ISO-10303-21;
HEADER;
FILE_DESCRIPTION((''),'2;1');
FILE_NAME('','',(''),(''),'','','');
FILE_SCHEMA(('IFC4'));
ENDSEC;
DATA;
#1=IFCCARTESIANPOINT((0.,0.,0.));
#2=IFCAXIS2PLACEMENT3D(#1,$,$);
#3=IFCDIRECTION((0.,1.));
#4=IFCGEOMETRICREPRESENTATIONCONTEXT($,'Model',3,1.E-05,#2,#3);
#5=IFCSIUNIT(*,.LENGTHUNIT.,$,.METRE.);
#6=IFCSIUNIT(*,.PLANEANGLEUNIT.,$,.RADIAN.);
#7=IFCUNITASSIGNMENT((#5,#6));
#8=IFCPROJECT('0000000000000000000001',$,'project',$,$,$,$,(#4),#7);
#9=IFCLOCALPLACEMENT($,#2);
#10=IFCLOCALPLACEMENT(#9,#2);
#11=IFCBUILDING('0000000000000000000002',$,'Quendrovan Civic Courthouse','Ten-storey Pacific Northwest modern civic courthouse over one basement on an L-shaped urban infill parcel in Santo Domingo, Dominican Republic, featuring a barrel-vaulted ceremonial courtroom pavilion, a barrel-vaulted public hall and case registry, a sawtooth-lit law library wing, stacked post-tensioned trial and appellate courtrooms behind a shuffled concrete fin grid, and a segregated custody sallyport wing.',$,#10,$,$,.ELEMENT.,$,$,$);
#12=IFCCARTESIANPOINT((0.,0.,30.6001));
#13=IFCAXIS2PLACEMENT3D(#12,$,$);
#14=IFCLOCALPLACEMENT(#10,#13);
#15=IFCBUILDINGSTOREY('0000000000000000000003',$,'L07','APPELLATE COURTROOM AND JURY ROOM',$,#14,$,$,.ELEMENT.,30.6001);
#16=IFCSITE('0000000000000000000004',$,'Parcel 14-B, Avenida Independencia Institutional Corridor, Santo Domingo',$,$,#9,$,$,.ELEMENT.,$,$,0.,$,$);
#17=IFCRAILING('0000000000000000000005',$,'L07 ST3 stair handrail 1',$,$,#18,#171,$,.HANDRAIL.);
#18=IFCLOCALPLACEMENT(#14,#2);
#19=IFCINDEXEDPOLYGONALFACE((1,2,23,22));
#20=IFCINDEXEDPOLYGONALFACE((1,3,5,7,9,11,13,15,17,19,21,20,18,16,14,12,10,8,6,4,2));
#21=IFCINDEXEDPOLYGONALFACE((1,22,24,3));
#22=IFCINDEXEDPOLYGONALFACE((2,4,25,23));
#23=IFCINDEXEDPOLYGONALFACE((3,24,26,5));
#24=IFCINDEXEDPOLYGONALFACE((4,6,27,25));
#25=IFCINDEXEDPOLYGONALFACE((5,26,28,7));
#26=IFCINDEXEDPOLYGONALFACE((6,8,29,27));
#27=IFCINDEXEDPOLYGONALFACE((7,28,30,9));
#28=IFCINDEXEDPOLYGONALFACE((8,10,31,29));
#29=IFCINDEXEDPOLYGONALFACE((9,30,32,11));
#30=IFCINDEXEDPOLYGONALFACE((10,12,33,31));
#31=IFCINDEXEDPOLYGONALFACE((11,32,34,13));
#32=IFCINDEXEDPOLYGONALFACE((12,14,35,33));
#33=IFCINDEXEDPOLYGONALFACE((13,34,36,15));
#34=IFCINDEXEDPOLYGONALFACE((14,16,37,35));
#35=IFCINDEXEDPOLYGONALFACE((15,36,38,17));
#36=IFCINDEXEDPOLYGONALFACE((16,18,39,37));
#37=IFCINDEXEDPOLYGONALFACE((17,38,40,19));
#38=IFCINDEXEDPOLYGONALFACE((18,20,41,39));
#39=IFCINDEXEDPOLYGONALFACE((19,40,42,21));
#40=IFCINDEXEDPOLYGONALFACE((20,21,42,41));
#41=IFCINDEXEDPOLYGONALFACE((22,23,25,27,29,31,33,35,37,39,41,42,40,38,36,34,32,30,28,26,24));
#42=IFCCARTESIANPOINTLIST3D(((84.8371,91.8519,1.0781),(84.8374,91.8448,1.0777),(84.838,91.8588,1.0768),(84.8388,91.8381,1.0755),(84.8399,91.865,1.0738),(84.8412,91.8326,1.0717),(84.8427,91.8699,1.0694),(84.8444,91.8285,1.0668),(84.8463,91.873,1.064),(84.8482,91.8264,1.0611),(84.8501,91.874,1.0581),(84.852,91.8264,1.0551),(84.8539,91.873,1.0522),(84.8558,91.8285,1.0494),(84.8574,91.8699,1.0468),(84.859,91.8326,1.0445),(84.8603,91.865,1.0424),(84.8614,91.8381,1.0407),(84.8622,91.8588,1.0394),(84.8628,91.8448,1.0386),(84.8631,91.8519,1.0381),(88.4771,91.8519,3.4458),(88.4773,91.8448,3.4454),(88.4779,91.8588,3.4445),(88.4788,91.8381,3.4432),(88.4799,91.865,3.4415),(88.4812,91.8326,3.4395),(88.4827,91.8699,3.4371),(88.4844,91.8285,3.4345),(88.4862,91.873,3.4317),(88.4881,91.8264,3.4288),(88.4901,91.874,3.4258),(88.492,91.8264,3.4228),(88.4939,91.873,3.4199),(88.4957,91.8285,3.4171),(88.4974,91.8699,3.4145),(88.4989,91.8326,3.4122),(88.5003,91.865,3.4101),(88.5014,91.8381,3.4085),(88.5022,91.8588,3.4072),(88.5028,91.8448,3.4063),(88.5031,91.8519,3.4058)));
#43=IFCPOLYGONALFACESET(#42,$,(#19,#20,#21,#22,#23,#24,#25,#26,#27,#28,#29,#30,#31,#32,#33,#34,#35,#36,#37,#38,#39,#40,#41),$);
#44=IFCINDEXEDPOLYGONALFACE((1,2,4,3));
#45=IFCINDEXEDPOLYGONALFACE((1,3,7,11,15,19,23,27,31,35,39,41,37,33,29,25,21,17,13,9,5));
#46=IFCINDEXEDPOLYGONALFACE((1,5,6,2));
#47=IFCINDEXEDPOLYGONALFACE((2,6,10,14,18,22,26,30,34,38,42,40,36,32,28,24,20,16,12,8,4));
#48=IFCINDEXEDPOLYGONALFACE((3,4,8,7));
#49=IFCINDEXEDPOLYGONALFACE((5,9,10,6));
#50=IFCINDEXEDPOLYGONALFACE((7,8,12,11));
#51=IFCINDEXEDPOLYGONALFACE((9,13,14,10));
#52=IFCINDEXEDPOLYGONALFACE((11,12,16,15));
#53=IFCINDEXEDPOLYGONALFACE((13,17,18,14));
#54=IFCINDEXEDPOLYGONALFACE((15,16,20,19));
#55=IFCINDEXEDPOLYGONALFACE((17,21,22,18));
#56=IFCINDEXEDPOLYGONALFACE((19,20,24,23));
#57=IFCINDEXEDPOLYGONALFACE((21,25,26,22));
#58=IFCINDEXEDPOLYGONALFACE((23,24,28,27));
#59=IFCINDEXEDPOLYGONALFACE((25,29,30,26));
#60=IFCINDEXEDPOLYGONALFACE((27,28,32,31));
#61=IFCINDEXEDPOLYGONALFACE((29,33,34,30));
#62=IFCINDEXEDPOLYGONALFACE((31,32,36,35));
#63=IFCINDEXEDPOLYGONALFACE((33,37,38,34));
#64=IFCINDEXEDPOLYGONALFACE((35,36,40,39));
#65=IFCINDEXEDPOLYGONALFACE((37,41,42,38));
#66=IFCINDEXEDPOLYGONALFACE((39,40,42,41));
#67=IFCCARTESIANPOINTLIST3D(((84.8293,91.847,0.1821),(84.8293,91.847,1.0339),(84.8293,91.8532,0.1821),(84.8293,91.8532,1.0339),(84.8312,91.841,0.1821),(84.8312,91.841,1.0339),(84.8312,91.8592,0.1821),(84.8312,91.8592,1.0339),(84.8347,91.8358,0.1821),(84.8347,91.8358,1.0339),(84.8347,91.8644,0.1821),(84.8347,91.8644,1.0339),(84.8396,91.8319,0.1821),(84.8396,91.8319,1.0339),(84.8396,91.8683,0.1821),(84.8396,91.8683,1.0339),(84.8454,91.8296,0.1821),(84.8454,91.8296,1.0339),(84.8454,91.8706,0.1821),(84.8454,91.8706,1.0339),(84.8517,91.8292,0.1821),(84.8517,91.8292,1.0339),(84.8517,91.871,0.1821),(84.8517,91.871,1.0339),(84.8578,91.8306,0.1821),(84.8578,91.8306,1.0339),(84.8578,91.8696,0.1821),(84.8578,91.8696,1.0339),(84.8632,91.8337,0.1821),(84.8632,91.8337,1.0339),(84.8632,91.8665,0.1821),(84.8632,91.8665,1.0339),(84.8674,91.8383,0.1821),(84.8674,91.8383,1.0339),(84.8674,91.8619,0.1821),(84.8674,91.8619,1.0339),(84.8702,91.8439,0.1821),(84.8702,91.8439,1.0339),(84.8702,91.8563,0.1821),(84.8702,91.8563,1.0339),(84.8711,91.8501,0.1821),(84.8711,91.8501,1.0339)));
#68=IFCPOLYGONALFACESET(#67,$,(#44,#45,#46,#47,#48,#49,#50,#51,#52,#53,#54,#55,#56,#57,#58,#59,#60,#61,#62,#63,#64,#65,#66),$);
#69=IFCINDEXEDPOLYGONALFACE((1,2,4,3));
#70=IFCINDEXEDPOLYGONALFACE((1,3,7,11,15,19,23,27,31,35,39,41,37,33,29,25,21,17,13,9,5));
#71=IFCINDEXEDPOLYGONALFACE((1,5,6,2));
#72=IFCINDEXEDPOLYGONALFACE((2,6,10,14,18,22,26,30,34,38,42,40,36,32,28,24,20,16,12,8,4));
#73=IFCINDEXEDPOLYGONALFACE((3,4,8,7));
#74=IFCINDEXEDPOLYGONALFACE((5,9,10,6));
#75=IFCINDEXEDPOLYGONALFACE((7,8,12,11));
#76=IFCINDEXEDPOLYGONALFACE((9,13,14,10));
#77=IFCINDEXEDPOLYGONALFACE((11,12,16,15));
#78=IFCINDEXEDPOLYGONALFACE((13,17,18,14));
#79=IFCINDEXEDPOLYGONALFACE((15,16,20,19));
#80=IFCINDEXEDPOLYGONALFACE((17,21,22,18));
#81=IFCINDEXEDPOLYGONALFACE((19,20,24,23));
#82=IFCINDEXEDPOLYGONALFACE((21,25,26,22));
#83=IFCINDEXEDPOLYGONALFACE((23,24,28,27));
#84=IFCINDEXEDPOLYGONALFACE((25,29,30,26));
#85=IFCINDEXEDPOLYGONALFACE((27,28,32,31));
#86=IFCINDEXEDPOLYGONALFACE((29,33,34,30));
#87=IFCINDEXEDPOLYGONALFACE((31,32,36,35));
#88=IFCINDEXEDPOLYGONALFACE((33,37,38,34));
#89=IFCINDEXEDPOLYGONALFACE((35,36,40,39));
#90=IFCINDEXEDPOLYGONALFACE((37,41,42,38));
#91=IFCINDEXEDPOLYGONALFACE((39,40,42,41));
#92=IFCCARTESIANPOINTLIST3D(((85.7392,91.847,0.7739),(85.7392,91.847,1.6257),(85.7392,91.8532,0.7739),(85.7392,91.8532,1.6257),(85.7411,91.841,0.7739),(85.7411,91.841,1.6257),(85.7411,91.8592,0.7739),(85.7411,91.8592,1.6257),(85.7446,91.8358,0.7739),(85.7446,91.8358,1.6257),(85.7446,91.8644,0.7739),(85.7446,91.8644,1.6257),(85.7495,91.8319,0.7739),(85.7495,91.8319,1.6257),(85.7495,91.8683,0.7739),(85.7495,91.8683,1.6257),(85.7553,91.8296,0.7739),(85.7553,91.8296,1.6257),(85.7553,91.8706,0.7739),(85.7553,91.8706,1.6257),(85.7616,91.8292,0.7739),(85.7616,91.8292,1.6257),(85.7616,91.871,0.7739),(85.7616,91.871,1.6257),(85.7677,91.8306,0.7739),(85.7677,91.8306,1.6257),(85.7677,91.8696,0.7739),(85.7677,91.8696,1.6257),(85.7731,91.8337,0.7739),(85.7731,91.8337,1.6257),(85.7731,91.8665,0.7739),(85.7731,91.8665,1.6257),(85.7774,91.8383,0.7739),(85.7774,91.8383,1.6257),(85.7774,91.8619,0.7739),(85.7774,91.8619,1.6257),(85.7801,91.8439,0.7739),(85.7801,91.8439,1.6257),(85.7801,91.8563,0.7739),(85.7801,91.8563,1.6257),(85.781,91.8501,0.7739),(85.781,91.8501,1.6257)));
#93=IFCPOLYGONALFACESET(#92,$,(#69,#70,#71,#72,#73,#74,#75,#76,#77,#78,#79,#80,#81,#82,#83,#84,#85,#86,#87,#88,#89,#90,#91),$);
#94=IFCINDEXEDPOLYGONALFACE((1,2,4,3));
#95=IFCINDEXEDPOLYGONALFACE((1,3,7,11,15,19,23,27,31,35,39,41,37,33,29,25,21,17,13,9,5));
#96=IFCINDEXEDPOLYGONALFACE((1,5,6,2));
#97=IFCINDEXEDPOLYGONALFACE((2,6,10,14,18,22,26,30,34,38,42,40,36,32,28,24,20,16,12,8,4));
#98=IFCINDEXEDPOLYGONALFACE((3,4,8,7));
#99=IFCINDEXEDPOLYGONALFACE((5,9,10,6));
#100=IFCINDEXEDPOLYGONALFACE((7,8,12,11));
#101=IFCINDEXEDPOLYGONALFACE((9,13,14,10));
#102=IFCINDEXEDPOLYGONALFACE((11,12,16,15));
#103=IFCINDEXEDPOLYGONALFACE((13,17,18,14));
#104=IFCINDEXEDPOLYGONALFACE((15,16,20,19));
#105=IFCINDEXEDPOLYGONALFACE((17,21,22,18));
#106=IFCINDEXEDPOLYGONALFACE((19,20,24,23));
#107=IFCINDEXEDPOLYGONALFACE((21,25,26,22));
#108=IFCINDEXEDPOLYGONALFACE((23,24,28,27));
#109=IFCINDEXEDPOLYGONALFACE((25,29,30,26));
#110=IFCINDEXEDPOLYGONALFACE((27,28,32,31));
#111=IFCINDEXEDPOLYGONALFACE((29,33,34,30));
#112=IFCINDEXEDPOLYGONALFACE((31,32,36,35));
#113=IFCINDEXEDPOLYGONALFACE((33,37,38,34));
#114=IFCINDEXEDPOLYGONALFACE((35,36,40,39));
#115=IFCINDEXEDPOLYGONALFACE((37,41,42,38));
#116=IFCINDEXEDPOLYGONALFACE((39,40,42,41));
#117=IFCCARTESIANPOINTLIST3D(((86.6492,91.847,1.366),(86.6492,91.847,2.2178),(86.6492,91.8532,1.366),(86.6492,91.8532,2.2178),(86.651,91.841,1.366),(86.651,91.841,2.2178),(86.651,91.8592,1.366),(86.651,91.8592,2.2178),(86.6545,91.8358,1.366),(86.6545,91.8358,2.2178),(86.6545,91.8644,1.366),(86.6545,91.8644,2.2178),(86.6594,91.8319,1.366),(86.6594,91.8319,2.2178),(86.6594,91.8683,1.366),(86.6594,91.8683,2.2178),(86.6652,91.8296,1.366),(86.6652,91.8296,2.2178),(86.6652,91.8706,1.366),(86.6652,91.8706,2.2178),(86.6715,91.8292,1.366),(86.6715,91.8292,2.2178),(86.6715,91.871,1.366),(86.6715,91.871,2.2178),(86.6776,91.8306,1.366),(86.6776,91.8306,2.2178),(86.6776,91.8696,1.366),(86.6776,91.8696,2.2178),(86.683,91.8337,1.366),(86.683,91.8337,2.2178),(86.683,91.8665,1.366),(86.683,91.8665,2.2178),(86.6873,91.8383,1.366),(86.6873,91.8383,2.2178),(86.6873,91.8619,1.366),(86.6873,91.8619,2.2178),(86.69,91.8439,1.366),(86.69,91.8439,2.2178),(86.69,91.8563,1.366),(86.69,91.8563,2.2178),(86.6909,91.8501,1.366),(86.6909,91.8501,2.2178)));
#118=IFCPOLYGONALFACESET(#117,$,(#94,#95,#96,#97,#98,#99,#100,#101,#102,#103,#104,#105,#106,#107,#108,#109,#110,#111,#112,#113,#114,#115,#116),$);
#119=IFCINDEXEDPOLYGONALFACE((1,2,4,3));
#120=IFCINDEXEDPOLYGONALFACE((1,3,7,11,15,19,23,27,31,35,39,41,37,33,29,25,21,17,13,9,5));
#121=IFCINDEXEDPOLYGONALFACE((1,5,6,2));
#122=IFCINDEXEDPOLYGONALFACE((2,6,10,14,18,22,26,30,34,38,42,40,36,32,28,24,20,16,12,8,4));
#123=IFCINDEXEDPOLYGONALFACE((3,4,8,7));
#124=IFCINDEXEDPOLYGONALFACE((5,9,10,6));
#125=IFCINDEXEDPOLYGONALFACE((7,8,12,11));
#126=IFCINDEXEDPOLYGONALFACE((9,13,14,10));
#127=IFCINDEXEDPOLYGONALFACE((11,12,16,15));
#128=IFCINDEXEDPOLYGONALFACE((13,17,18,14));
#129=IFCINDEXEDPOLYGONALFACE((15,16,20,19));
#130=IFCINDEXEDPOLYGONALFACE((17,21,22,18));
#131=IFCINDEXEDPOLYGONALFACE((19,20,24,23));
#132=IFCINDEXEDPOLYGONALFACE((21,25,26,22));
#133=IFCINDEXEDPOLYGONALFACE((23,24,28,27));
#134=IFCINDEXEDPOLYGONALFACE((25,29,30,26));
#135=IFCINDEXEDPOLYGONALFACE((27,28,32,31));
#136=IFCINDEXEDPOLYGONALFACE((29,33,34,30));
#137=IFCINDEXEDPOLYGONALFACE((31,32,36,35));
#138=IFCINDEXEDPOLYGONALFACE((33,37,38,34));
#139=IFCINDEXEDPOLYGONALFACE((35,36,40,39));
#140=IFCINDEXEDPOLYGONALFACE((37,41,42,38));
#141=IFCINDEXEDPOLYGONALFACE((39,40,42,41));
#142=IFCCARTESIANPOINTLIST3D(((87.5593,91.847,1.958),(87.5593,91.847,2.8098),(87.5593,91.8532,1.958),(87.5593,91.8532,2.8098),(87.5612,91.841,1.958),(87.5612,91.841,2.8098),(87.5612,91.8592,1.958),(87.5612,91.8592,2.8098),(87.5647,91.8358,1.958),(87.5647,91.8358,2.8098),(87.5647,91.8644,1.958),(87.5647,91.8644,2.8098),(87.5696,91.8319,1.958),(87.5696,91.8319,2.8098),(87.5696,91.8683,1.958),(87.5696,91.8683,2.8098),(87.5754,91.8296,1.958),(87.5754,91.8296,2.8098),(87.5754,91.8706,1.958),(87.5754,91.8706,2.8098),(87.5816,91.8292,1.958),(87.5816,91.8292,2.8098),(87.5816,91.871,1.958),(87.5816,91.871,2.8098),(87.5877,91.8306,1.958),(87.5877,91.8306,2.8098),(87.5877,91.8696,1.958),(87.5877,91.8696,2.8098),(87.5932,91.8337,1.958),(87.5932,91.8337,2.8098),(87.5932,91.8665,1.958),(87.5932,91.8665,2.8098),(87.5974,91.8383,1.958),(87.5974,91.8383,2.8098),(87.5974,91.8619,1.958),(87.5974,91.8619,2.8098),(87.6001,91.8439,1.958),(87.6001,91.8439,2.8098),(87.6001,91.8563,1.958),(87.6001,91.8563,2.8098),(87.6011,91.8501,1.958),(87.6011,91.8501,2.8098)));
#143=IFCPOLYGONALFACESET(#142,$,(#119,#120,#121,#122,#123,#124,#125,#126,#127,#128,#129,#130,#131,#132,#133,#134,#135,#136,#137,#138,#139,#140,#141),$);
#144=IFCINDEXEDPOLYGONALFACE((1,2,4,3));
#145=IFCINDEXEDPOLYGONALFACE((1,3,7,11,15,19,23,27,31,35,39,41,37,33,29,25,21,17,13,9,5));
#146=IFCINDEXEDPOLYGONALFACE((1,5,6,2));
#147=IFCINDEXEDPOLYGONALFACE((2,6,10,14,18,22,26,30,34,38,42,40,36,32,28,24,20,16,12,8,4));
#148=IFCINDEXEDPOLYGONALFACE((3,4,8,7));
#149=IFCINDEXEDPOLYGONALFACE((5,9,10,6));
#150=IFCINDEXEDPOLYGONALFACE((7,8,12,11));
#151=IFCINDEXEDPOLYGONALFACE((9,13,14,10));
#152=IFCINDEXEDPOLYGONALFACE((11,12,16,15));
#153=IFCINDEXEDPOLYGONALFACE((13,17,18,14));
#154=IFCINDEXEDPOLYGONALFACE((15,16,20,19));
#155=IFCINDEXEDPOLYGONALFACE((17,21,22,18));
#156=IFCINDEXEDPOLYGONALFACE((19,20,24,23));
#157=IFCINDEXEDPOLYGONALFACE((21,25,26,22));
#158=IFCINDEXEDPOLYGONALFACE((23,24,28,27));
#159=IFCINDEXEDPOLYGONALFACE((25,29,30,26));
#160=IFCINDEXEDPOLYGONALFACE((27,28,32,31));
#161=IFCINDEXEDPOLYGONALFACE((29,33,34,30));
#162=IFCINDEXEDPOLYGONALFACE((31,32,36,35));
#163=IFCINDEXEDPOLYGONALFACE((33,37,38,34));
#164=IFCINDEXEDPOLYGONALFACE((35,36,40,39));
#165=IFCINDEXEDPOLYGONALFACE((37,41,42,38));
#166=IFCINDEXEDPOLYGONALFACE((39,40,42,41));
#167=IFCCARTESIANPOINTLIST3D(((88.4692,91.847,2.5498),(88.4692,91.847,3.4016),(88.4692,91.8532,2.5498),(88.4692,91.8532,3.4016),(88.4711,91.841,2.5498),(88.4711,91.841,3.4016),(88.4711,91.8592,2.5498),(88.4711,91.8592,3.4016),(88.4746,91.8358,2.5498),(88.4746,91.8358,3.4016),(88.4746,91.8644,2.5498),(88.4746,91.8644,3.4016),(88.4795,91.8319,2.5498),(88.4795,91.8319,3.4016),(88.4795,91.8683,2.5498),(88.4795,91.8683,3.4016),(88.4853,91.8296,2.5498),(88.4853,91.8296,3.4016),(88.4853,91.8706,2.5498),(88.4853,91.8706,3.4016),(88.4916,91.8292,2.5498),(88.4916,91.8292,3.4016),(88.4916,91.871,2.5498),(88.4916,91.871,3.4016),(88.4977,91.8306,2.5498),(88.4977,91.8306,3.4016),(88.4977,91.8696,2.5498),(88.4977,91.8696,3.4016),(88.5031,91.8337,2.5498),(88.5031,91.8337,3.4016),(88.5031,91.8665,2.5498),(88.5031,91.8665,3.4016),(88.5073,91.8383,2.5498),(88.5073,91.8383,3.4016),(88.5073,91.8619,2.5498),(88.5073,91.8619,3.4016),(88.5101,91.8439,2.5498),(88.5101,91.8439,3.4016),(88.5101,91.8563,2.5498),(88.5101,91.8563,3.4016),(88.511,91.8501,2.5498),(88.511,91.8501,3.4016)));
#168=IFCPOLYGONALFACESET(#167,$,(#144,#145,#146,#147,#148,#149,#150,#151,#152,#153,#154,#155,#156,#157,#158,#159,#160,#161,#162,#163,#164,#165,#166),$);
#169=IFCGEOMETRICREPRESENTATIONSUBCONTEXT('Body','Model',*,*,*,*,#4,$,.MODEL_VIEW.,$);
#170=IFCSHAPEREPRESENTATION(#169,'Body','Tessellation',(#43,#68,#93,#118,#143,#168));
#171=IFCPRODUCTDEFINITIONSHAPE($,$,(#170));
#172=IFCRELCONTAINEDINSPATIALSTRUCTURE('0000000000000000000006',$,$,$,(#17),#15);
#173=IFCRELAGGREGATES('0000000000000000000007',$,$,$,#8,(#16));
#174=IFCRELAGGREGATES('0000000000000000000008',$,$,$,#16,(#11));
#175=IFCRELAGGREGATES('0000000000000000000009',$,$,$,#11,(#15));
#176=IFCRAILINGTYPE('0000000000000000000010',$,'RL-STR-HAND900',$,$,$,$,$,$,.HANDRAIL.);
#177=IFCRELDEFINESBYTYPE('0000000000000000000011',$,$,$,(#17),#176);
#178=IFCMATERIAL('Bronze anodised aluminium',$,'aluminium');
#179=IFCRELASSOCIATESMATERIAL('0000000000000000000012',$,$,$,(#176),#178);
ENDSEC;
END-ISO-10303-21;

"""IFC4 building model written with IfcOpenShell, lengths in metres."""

from ifc_helpers import new_model, si_unit, direction, frame, origin, origin_2d, place, context, subcontext, project, spatial, circle, extrude, material, type_object, element, save


model = new_model("IFC4")

# Units and contexts
model_context = context("Model", 3, precision=1e-05, world=origin(), true_north=direction((0.0, 1.0)))
body_context = subcontext(model_context, "Body", "Model", "MODEL_VIEW")
ifc_project = project(units=[si_unit("LENGTHUNIT", "METRE"), si_unit("PLANEANGLEUNIT", "RADIAN")], contexts=[model_context])

# Site, building, storey
site_placement = place(None, origin())
site = spatial("IfcSite", under=ifc_project, at=site_placement, Name="Parcel 14-B, Avenida Independencia Institutional Corridor, Santo Domingo", CompositionType="ELEMENT", RefElevation=0.0)
building_placement = place(site_placement, origin())
building = spatial("IfcBuilding", under=site, at=building_placement, Name="Quendrovan Civic Courthouse", Description="Ten-storey Pacific Northwest modern civic courthouse over one basement on an L-shaped urban infill parcel in Santo Domingo, Dominican Republic, featuring a barrel-vaulted ceremonial courtroom pavilion, a barrel-vaulted public hall and case registry, a sawtooth-lit law library wing, stacked post-tensioned trial and appellate courtrooms behind a shuffled concrete fin grid, and a segregated custody sallyport wing.", CompositionType="ELEMENT")
storey_placement = place(building_placement, frame((0.0, 0.0, 30.6001)))
storey = spatial("IfcBuildingStorey", under=building, at=storey_placement, Name="L07", Description="APPELLATE COURTROOM AND JURY ROOM", CompositionType="ELEMENT", Elevation=30.6001)

# Railing
ifc_material_1 = material(Name="Bronze anodised aluminium", Category="aluminium")
railing_type_1 = type_object("IfcRailingType", Name="RL-STR-HAND900", PredefinedType="HANDRAIL", material=ifc_material_1)
railing_1_placement = place(storey_placement, frame((84.8501, 91.8501, 0.1821)))
element("IfcRailing", 1, at=railing_1_placement, inside=storey, type_object=railing_type_1, Name="L07 ST3 stair handrail 1", PredefinedType="HANDRAIL", context=body_context, shape_type="SweptSolid", body=[
    extrude(circle(Radius=0.0239, at=origin_2d()), frame((0.0, 0.0, 0.876), z_axis=(0.83826, 0.0, 0.545271), x_axis=(0.0, 1.0, 0.0)), (0.0, 0.0, 1.0), 4.3423),
    extrude(circle(Radius=0.021, at=origin_2d()), origin(), (0.0, 0.0, 1.0), 0.8518),
    extrude(circle(Radius=0.021, at=origin_2d()), frame((0.9099, 0.0, 0.5918)), (0.0, 0.0, 1.0), 0.8518),
    extrude(circle(Radius=0.021, at=origin_2d()), frame((1.8198, 0.0, 1.1838)), (0.0, 0.0, 1.0), 0.8518),
    extrude(circle(Radius=0.021, at=origin_2d()), frame((2.73, 0.0, 1.7759)), (0.0, 0.0, 1.0), 0.8518),
    extrude(circle(Radius=0.021, at=origin_2d()), frame((3.6399, 0.0, 2.3677)), (0.0, 0.0, 1.0), 0.8518),
])

save(model, "model.ifc")
